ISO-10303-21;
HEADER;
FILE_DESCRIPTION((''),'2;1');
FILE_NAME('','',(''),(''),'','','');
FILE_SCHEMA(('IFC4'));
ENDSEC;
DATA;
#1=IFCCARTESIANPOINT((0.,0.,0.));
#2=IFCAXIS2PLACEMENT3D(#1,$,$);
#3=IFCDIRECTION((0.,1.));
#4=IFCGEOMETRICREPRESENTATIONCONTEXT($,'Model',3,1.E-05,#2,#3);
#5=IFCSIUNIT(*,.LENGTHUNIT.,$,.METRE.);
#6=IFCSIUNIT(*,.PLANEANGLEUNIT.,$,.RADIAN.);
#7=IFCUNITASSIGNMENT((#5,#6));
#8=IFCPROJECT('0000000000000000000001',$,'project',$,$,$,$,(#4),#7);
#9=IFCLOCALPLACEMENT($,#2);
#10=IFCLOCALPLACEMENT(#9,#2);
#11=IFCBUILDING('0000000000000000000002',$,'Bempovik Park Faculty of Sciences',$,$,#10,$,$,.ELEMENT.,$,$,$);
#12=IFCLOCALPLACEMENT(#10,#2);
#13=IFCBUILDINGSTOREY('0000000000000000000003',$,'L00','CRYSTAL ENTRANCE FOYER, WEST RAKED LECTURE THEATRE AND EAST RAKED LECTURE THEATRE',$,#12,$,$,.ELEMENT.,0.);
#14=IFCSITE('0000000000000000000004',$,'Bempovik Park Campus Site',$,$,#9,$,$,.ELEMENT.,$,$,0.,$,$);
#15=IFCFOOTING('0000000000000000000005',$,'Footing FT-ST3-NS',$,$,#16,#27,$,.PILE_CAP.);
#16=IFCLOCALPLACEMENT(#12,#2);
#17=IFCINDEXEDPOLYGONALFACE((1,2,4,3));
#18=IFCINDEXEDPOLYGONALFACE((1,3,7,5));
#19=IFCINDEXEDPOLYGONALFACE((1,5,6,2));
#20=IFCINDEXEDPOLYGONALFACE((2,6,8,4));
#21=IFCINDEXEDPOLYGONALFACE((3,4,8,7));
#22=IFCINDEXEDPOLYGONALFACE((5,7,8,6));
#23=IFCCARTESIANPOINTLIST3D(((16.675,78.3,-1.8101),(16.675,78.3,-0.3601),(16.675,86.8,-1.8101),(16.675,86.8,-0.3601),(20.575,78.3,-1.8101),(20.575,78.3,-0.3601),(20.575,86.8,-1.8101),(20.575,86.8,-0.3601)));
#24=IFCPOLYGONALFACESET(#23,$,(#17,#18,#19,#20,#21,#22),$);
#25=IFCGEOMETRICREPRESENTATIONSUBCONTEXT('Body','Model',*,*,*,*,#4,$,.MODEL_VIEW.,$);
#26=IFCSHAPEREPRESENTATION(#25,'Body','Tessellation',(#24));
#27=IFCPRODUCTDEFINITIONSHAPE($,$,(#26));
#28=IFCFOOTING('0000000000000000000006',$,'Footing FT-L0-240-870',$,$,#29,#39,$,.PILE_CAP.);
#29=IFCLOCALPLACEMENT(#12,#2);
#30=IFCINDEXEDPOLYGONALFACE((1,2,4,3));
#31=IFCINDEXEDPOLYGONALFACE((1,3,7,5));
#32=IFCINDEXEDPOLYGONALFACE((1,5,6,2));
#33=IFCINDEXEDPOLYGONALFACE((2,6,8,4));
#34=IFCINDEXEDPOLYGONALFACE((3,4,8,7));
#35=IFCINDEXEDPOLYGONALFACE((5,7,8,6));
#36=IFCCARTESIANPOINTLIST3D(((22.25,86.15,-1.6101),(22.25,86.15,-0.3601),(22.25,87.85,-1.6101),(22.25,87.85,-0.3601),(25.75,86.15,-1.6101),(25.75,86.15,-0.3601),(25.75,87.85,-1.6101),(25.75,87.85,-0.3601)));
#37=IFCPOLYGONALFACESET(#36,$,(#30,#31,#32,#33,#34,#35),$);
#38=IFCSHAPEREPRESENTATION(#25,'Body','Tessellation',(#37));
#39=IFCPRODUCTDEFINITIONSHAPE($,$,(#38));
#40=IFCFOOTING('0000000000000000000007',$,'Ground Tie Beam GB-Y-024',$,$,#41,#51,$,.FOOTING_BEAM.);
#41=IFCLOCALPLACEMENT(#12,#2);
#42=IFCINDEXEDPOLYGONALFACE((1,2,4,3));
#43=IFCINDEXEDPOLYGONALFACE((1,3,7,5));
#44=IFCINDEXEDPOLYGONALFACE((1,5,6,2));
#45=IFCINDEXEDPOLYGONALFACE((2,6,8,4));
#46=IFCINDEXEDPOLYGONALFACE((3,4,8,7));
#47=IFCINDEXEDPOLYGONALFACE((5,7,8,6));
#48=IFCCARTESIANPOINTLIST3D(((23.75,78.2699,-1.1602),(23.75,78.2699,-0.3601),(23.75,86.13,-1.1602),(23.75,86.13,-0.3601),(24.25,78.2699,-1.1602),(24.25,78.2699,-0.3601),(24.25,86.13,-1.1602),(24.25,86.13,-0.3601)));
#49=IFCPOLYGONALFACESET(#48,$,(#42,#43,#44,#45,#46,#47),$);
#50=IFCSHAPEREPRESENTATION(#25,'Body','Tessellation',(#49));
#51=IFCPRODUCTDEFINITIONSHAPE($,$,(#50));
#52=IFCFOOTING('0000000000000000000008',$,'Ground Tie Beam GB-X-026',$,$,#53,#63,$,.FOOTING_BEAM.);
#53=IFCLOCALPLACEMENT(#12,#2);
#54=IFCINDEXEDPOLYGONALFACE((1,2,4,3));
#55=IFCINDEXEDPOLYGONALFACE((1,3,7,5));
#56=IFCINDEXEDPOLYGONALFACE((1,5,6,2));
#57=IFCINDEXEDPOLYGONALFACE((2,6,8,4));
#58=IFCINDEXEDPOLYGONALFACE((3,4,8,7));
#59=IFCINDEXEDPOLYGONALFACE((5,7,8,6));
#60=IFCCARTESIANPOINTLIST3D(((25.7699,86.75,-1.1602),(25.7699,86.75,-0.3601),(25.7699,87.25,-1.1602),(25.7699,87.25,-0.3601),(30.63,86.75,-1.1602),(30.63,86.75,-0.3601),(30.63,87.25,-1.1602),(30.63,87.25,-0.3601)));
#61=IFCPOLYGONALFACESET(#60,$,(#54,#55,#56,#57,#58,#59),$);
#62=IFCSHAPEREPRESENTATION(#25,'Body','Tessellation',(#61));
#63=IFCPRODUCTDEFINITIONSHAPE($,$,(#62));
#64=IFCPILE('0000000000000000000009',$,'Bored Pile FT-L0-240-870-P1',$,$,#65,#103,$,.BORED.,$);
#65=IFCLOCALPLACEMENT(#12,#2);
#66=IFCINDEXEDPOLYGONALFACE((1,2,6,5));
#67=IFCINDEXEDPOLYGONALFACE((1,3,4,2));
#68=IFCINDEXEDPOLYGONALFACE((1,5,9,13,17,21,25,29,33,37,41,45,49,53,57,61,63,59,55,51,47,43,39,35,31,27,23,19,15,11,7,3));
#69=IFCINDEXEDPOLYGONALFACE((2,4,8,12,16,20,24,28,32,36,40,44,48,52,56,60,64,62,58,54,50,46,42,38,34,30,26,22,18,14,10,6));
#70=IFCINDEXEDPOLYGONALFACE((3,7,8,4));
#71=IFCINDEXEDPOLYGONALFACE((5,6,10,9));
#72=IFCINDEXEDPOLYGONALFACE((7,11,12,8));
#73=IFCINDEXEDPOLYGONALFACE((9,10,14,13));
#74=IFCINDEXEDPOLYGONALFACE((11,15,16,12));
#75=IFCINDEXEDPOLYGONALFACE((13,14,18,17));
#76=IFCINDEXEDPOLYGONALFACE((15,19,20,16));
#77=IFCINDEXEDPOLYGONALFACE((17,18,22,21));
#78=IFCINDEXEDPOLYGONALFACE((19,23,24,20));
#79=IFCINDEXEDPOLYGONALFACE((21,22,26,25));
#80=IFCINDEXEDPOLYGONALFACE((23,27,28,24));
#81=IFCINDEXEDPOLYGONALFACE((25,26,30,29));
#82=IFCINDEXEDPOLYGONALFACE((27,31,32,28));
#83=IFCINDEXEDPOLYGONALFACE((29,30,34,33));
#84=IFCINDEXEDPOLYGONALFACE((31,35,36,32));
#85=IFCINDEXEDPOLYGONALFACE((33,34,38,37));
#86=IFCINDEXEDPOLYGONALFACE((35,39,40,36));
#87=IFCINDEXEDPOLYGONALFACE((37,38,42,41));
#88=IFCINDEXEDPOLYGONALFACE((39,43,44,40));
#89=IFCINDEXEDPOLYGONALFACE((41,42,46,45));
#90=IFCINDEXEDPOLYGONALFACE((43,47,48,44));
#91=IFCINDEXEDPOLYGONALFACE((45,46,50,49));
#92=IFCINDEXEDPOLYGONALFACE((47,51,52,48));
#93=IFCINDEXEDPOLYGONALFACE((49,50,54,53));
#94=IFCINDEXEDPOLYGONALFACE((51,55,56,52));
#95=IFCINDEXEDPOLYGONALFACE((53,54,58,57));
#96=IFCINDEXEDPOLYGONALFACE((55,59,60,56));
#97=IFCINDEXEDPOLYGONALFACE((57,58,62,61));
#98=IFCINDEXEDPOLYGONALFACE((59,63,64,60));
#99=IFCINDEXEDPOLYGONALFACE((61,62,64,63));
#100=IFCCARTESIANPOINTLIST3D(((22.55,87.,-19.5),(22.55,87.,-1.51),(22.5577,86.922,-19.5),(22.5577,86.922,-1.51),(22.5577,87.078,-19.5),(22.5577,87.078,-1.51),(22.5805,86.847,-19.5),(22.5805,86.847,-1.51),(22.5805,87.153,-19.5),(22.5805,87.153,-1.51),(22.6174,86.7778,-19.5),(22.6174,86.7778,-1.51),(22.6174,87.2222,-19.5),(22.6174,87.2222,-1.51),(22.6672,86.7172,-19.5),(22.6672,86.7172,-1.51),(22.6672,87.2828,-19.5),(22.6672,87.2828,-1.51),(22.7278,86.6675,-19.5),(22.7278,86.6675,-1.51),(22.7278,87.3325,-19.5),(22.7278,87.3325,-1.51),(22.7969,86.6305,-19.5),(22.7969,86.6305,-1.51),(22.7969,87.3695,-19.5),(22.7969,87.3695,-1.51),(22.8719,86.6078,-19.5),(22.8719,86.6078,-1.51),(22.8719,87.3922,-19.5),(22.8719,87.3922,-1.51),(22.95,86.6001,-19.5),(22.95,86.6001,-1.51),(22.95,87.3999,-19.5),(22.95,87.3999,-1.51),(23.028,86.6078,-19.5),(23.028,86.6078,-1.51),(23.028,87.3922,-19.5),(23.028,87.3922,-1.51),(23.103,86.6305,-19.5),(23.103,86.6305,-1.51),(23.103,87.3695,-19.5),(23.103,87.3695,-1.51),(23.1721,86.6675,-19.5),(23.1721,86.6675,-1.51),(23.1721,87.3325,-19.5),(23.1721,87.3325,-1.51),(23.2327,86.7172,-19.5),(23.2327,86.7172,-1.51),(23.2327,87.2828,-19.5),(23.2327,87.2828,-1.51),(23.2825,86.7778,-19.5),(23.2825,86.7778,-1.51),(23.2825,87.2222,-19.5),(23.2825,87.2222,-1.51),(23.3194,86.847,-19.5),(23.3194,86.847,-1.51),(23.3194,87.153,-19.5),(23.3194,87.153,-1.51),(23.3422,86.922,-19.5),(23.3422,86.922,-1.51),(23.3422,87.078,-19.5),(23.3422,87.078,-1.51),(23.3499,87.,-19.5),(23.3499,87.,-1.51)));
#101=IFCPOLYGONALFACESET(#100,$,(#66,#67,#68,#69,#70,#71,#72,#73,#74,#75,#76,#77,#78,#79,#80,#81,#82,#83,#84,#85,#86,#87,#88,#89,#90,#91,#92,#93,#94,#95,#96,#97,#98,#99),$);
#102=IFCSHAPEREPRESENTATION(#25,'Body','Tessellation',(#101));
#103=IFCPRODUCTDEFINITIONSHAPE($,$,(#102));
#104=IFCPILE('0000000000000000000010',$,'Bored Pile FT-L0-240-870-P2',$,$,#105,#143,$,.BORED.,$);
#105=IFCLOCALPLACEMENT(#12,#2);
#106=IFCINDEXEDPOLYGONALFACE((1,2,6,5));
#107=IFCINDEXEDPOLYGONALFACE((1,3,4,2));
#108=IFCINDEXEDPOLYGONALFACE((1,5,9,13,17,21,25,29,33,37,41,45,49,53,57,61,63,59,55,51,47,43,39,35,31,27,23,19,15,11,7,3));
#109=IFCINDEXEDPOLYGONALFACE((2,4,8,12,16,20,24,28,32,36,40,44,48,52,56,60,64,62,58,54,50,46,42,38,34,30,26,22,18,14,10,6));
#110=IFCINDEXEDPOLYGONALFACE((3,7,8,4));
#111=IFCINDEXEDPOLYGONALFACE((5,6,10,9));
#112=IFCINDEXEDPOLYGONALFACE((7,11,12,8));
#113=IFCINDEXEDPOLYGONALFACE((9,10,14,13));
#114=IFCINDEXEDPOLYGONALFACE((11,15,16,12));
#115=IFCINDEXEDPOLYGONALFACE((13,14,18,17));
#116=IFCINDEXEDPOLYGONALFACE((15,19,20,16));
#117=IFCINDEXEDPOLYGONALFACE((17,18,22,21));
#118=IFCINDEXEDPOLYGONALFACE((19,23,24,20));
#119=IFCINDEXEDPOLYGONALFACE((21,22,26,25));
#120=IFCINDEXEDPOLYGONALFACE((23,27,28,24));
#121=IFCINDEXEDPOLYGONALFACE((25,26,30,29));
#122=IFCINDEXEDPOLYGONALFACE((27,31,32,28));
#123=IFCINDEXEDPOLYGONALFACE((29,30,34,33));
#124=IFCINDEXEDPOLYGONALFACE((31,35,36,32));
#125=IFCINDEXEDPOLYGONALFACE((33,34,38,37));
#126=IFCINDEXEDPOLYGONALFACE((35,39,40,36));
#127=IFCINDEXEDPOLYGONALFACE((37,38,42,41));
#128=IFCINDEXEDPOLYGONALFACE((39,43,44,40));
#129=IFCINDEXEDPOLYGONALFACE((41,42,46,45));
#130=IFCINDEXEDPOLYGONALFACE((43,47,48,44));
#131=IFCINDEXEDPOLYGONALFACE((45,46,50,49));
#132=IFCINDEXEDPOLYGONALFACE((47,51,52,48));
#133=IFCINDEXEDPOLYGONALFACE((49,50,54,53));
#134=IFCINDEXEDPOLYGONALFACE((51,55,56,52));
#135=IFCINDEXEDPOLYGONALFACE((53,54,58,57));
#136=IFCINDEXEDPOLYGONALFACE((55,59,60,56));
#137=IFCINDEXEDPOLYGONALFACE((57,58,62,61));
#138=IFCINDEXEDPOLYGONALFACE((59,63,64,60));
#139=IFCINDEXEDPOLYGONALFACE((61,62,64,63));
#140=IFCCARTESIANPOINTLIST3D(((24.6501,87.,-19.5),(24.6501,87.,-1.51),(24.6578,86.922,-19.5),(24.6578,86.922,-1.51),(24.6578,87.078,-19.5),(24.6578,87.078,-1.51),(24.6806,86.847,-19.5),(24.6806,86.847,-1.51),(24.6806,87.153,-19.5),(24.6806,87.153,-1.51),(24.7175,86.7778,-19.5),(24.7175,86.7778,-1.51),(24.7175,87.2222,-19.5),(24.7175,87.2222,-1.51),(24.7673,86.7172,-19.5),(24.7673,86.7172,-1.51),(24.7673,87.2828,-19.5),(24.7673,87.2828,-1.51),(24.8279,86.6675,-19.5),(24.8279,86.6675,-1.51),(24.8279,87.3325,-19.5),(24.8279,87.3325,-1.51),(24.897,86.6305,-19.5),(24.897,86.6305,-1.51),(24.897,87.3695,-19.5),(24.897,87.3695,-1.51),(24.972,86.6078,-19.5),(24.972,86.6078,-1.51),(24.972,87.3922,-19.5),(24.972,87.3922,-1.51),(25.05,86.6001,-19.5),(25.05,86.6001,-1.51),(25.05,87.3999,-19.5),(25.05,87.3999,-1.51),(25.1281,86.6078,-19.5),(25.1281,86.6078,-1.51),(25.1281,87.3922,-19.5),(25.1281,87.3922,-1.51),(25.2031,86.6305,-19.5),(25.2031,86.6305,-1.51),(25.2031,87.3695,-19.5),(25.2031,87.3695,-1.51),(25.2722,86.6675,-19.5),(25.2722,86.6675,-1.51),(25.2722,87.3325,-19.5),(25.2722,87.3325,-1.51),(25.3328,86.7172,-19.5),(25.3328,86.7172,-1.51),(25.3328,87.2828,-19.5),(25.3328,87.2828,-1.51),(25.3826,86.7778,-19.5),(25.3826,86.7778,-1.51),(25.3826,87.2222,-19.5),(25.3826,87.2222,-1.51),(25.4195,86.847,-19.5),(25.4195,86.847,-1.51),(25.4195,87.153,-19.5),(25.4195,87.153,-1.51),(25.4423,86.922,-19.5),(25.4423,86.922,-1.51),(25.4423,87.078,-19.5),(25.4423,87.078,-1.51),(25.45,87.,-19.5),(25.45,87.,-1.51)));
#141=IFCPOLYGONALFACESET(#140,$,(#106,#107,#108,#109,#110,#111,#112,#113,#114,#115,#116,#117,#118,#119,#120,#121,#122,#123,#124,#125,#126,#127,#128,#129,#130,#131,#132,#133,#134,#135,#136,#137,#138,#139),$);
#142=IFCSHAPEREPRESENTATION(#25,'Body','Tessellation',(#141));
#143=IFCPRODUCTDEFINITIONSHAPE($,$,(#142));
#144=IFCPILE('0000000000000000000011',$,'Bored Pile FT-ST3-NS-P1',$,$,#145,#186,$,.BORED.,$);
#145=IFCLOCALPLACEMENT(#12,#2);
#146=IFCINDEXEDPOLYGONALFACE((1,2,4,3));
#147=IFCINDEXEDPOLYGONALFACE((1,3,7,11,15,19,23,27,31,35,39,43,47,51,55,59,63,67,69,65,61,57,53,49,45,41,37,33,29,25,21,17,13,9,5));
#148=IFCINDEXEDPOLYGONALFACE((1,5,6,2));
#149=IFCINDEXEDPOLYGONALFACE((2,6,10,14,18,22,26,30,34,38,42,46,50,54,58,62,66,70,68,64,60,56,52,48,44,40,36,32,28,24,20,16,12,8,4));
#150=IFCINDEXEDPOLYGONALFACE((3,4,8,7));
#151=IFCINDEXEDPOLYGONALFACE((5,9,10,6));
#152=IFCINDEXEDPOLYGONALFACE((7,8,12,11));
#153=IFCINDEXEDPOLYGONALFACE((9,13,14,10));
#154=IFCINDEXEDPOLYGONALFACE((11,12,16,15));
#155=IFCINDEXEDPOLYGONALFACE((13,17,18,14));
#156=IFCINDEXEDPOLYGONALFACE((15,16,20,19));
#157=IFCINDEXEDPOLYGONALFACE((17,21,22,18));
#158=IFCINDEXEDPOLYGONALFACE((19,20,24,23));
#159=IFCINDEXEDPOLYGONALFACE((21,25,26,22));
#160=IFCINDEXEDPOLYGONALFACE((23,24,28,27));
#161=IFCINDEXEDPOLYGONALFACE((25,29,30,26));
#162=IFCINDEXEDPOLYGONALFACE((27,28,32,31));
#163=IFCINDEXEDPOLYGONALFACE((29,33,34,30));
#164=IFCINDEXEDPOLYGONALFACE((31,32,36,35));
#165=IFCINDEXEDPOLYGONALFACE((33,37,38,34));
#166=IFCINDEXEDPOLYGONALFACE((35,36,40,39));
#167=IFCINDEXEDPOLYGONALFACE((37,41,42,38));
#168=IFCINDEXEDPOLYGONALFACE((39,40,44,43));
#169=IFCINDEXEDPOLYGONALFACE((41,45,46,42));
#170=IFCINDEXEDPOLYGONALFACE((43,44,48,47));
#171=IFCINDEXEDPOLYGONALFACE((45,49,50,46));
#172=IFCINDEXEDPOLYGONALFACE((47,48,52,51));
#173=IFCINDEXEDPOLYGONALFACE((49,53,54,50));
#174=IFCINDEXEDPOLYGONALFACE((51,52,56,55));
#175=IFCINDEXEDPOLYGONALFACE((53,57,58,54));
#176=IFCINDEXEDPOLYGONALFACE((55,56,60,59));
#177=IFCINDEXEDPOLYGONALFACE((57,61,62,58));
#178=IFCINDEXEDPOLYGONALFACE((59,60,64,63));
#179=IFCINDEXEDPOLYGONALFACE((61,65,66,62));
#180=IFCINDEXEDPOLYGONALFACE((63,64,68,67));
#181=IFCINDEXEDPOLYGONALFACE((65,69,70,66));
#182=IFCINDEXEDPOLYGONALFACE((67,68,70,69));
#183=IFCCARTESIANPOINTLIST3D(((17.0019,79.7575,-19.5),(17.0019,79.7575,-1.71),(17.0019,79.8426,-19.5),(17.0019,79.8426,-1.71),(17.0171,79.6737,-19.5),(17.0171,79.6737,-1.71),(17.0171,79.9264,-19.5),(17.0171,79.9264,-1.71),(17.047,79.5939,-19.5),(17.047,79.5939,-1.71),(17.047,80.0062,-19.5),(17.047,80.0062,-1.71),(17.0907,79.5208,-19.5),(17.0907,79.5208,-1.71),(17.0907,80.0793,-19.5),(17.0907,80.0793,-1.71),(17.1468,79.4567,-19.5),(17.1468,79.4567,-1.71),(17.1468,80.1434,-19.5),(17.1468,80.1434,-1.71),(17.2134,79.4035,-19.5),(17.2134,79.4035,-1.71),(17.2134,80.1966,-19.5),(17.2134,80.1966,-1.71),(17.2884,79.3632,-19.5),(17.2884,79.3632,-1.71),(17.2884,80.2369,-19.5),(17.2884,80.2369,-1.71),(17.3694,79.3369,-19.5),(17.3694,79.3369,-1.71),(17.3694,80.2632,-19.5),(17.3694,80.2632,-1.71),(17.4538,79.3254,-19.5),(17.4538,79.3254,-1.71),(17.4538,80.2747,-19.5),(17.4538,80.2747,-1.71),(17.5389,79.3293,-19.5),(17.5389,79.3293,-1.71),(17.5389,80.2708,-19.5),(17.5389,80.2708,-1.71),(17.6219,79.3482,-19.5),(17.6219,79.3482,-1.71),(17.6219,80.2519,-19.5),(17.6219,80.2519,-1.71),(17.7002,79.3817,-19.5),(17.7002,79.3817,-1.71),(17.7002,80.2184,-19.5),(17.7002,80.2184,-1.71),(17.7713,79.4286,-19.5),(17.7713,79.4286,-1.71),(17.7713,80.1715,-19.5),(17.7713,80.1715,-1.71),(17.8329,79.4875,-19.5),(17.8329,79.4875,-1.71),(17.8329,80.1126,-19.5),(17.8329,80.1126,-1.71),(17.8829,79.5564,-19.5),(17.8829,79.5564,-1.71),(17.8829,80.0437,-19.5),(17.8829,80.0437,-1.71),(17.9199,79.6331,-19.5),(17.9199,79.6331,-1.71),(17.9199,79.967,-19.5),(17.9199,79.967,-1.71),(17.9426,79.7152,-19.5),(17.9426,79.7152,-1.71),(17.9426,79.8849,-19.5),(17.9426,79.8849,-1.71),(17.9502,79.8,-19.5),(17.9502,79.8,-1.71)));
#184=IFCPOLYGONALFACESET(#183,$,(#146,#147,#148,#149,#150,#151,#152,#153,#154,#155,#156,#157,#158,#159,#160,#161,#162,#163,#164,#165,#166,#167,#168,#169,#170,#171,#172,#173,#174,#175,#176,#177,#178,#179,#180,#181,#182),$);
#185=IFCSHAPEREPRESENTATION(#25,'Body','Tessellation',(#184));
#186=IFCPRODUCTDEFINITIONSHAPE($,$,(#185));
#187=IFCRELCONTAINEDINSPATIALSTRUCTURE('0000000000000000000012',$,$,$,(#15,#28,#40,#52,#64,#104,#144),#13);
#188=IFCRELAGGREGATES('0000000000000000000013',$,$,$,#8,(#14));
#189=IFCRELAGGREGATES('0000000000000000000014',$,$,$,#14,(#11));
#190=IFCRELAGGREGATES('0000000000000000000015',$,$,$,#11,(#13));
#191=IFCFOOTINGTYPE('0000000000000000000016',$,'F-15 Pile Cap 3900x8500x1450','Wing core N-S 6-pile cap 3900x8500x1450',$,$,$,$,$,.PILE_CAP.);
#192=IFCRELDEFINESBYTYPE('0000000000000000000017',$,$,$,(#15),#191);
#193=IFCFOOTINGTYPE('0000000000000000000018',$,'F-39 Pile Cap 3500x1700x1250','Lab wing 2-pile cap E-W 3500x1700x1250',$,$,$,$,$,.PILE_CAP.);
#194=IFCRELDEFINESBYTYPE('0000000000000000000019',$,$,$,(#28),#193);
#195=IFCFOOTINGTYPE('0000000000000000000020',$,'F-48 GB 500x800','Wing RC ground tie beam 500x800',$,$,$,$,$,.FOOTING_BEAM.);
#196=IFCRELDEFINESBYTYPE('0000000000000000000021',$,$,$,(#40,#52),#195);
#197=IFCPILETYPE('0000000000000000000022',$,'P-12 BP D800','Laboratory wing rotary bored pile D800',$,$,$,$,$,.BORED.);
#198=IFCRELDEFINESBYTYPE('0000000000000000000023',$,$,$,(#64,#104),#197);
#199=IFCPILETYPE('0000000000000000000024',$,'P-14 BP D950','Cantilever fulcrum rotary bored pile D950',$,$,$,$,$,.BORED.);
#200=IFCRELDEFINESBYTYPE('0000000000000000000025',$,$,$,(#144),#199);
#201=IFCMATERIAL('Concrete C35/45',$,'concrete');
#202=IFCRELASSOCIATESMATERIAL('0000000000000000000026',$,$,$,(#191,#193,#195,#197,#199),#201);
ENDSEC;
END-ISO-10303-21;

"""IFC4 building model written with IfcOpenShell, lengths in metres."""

from ifc_helpers import new_model, si_unit, direction, frame, origin, origin_2d, place, context, subcontext, project, spatial, rectangle, circle, extrude, material, material_profile, profile_set, type_object, element, save


model = new_model("IFC4")

# Units and contexts
model_context = context("Model", 3, precision=1e-05, world=origin(), true_north=direction((0.0, 1.0)))
body_context = subcontext(model_context, "Body", "Model", "MODEL_VIEW")
ifc_project = project(units=[si_unit("LENGTHUNIT", "METRE"), si_unit("PLANEANGLEUNIT", "RADIAN")], contexts=[model_context])

# Site, building, storey
site_placement = place(None, origin())
site = spatial("IfcSite", under=ifc_project, at=site_placement, Name="Bempovik Park Campus Site", CompositionType="ELEMENT", RefElevation=0.0)
building_placement = place(site_placement, origin())
building = spatial("IfcBuilding", under=site, at=building_placement, Name="Bempovik Park Faculty of Sciences", CompositionType="ELEMENT")
storey_placement = place(building_placement, origin())
storey = spatial("IfcBuildingStorey", under=building, at=storey_placement, Name="L00", Description="CRYSTAL ENTRANCE FOYER, WEST RAKED LECTURE THEATRE AND EAST RAKED LECTURE THEATRE", CompositionType="ELEMENT", Elevation=0.0)

# Footings
ifc_material_1 = material(Name="Concrete C35/45", Category="concrete")
footing_type_1 = type_object("IfcFootingType", Name="F-15 Pile Cap 3900x8500x1450", Description="Wing core N-S 6-pile cap 3900x8500x1450", PredefinedType="PILE_CAP", material=ifc_material_1)
footing_1_placement = place(storey_placement, frame((18.625, 82.55, -1.8101), z_axis=(0.0, 0.0, 1.0), x_axis=(1.0, 0.0, 0.0)))
element("IfcFooting", 1, at=footing_1_placement, inside=storey, type_object=footing_type_1, Name="Footing FT-ST3-NS", PredefinedType="PILE_CAP", context=body_context, shape_type="SweptSolid", body=[
    extrude(rectangle(XDim=3.8999, YDim=8.5, at=origin_2d()), origin(), (0.0, 0.0, 1.0), 1.45),
])
footing_type_2 = type_object("IfcFootingType", Name="F-39 Pile Cap 3500x1700x1250", Description="Lab wing 2-pile cap E-W 3500x1700x1250", PredefinedType="PILE_CAP", material=ifc_material_1)
footing_2_placement = place(storey_placement, frame((24.0, 87.0, -1.6101), z_axis=(0.0, 0.0, 1.0), x_axis=(1.0, 0.0, 0.0)))
element("IfcFooting", 2, at=footing_2_placement, inside=storey, type_object=footing_type_2, Name="Footing FT-L0-240-870", PredefinedType="PILE_CAP", context=body_context, shape_type="SweptSolid", body=[
    extrude(rectangle(XDim=3.5, YDim=1.7, at=origin_2d()), origin(), (0.0, 0.0, 1.0), 1.25),
])
footing_type_3 = type_object("IfcFootingType", Name="F-48 GB 500x800", Description="Wing RC ground tie beam 500x800", PredefinedType="FOOTING_BEAM", material=ifc_material_1)
footing_3_placement = place(storey_placement, frame((24.0, 82.2, -1.1602), z_axis=(0.0, 0.0, 1.0), x_axis=(1.0, 0.0, 0.0)))
element("IfcFooting", 3, at=footing_3_placement, inside=storey, type_object=footing_type_3, Name="Ground Tie Beam GB-Y-024", PredefinedType="FOOTING_BEAM", context=body_context, shape_type="SweptSolid", body=[
    extrude(rectangle(XDim=0.5, YDim=7.8601, at=origin_2d()), origin(), (0.0, 0.0, 1.0), 0.8),
])
footing_4_placement = place(storey_placement, frame((28.2, 87.0, -1.1602), z_axis=(0.0, 0.0, 1.0), x_axis=(1.0, 0.0, 0.0)))
element("IfcFooting", 4, at=footing_4_placement, inside=storey, type_object=footing_type_3, Name="Ground Tie Beam GB-X-026", PredefinedType="FOOTING_BEAM", context=body_context, shape_type="SweptSolid", body=[
    extrude(rectangle(XDim=4.8601, YDim=0.5, at=origin_2d()), origin(), (0.0, 0.0, 1.0), 0.8),
])

# Piles
ifc_material_profile_1 = material_profile(ifc_material_1, circle(Radius=0.3999, at=origin_2d()), Name="BP D800")
ifc_profile_set_1 = profile_set([ifc_material_profile_1], Name="Concrete C35/45")
pile_type_1 = type_object("IfcPileType", Name="P-12 BP D800", Description="Laboratory wing rotary bored pile D800", PredefinedType="BORED", material=ifc_profile_set_1)
for number, where, z_axis, x_axis, name in (
    (5, (22.95, 87.0, -1.51), (0.0, 0.0, -1.0), (1.0, 0.0, 0.0), "Bored Pile FT-L0-240-870-P1"),
    (6, (25.05, 87.0, -1.51), (0.0, 0.0, -1.0), (1.0, 0.0, 0.0), "Bored Pile FT-L0-240-870-P2"),
):
    element("IfcPile", number, at=place(storey_placement, frame(where, z_axis=z_axis, x_axis=x_axis)), inside=storey, type_object=pile_type_1, Name=name, PredefinedType="BORED", context=body_context, shape_type="SweptSolid", body=[
        extrude(circle(Radius=0.3999, at=origin_2d()), origin(), (0.0, 0.0, 1.0), 17.99),
    ])
ifc_material_profile_2 = material_profile(ifc_material_1, circle(Radius=0.4751, at=origin_2d()), Name="BP D950")
ifc_profile_set_2 = profile_set([ifc_material_profile_2], Name="Concrete C35/45")
pile_type_2 = type_object("IfcPileType", Name="P-14 BP D950", Description="Cantilever fulcrum rotary bored pile D950", PredefinedType="BORED", material=ifc_profile_set_2)
for number, where, z_axis, x_axis, name in (
    (7, (17.4751, 79.8, -1.71), (0.0, 0.0, -1.0), (1.0, 0.0, 0.0), "Bored Pile FT-ST3-NS-P1"),
):
    element("IfcPile", number, at=place(storey_placement, frame(where, z_axis=z_axis, x_axis=x_axis)), inside=storey, type_object=pile_type_2, Name=name, PredefinedType="BORED", context=body_context, shape_type="SweptSolid", body=[
        extrude(circle(Radius=0.4751, at=origin_2d()), origin(), (0.0, 0.0, 1.0), 17.79),
    ])

save(model, "model.ifc")
